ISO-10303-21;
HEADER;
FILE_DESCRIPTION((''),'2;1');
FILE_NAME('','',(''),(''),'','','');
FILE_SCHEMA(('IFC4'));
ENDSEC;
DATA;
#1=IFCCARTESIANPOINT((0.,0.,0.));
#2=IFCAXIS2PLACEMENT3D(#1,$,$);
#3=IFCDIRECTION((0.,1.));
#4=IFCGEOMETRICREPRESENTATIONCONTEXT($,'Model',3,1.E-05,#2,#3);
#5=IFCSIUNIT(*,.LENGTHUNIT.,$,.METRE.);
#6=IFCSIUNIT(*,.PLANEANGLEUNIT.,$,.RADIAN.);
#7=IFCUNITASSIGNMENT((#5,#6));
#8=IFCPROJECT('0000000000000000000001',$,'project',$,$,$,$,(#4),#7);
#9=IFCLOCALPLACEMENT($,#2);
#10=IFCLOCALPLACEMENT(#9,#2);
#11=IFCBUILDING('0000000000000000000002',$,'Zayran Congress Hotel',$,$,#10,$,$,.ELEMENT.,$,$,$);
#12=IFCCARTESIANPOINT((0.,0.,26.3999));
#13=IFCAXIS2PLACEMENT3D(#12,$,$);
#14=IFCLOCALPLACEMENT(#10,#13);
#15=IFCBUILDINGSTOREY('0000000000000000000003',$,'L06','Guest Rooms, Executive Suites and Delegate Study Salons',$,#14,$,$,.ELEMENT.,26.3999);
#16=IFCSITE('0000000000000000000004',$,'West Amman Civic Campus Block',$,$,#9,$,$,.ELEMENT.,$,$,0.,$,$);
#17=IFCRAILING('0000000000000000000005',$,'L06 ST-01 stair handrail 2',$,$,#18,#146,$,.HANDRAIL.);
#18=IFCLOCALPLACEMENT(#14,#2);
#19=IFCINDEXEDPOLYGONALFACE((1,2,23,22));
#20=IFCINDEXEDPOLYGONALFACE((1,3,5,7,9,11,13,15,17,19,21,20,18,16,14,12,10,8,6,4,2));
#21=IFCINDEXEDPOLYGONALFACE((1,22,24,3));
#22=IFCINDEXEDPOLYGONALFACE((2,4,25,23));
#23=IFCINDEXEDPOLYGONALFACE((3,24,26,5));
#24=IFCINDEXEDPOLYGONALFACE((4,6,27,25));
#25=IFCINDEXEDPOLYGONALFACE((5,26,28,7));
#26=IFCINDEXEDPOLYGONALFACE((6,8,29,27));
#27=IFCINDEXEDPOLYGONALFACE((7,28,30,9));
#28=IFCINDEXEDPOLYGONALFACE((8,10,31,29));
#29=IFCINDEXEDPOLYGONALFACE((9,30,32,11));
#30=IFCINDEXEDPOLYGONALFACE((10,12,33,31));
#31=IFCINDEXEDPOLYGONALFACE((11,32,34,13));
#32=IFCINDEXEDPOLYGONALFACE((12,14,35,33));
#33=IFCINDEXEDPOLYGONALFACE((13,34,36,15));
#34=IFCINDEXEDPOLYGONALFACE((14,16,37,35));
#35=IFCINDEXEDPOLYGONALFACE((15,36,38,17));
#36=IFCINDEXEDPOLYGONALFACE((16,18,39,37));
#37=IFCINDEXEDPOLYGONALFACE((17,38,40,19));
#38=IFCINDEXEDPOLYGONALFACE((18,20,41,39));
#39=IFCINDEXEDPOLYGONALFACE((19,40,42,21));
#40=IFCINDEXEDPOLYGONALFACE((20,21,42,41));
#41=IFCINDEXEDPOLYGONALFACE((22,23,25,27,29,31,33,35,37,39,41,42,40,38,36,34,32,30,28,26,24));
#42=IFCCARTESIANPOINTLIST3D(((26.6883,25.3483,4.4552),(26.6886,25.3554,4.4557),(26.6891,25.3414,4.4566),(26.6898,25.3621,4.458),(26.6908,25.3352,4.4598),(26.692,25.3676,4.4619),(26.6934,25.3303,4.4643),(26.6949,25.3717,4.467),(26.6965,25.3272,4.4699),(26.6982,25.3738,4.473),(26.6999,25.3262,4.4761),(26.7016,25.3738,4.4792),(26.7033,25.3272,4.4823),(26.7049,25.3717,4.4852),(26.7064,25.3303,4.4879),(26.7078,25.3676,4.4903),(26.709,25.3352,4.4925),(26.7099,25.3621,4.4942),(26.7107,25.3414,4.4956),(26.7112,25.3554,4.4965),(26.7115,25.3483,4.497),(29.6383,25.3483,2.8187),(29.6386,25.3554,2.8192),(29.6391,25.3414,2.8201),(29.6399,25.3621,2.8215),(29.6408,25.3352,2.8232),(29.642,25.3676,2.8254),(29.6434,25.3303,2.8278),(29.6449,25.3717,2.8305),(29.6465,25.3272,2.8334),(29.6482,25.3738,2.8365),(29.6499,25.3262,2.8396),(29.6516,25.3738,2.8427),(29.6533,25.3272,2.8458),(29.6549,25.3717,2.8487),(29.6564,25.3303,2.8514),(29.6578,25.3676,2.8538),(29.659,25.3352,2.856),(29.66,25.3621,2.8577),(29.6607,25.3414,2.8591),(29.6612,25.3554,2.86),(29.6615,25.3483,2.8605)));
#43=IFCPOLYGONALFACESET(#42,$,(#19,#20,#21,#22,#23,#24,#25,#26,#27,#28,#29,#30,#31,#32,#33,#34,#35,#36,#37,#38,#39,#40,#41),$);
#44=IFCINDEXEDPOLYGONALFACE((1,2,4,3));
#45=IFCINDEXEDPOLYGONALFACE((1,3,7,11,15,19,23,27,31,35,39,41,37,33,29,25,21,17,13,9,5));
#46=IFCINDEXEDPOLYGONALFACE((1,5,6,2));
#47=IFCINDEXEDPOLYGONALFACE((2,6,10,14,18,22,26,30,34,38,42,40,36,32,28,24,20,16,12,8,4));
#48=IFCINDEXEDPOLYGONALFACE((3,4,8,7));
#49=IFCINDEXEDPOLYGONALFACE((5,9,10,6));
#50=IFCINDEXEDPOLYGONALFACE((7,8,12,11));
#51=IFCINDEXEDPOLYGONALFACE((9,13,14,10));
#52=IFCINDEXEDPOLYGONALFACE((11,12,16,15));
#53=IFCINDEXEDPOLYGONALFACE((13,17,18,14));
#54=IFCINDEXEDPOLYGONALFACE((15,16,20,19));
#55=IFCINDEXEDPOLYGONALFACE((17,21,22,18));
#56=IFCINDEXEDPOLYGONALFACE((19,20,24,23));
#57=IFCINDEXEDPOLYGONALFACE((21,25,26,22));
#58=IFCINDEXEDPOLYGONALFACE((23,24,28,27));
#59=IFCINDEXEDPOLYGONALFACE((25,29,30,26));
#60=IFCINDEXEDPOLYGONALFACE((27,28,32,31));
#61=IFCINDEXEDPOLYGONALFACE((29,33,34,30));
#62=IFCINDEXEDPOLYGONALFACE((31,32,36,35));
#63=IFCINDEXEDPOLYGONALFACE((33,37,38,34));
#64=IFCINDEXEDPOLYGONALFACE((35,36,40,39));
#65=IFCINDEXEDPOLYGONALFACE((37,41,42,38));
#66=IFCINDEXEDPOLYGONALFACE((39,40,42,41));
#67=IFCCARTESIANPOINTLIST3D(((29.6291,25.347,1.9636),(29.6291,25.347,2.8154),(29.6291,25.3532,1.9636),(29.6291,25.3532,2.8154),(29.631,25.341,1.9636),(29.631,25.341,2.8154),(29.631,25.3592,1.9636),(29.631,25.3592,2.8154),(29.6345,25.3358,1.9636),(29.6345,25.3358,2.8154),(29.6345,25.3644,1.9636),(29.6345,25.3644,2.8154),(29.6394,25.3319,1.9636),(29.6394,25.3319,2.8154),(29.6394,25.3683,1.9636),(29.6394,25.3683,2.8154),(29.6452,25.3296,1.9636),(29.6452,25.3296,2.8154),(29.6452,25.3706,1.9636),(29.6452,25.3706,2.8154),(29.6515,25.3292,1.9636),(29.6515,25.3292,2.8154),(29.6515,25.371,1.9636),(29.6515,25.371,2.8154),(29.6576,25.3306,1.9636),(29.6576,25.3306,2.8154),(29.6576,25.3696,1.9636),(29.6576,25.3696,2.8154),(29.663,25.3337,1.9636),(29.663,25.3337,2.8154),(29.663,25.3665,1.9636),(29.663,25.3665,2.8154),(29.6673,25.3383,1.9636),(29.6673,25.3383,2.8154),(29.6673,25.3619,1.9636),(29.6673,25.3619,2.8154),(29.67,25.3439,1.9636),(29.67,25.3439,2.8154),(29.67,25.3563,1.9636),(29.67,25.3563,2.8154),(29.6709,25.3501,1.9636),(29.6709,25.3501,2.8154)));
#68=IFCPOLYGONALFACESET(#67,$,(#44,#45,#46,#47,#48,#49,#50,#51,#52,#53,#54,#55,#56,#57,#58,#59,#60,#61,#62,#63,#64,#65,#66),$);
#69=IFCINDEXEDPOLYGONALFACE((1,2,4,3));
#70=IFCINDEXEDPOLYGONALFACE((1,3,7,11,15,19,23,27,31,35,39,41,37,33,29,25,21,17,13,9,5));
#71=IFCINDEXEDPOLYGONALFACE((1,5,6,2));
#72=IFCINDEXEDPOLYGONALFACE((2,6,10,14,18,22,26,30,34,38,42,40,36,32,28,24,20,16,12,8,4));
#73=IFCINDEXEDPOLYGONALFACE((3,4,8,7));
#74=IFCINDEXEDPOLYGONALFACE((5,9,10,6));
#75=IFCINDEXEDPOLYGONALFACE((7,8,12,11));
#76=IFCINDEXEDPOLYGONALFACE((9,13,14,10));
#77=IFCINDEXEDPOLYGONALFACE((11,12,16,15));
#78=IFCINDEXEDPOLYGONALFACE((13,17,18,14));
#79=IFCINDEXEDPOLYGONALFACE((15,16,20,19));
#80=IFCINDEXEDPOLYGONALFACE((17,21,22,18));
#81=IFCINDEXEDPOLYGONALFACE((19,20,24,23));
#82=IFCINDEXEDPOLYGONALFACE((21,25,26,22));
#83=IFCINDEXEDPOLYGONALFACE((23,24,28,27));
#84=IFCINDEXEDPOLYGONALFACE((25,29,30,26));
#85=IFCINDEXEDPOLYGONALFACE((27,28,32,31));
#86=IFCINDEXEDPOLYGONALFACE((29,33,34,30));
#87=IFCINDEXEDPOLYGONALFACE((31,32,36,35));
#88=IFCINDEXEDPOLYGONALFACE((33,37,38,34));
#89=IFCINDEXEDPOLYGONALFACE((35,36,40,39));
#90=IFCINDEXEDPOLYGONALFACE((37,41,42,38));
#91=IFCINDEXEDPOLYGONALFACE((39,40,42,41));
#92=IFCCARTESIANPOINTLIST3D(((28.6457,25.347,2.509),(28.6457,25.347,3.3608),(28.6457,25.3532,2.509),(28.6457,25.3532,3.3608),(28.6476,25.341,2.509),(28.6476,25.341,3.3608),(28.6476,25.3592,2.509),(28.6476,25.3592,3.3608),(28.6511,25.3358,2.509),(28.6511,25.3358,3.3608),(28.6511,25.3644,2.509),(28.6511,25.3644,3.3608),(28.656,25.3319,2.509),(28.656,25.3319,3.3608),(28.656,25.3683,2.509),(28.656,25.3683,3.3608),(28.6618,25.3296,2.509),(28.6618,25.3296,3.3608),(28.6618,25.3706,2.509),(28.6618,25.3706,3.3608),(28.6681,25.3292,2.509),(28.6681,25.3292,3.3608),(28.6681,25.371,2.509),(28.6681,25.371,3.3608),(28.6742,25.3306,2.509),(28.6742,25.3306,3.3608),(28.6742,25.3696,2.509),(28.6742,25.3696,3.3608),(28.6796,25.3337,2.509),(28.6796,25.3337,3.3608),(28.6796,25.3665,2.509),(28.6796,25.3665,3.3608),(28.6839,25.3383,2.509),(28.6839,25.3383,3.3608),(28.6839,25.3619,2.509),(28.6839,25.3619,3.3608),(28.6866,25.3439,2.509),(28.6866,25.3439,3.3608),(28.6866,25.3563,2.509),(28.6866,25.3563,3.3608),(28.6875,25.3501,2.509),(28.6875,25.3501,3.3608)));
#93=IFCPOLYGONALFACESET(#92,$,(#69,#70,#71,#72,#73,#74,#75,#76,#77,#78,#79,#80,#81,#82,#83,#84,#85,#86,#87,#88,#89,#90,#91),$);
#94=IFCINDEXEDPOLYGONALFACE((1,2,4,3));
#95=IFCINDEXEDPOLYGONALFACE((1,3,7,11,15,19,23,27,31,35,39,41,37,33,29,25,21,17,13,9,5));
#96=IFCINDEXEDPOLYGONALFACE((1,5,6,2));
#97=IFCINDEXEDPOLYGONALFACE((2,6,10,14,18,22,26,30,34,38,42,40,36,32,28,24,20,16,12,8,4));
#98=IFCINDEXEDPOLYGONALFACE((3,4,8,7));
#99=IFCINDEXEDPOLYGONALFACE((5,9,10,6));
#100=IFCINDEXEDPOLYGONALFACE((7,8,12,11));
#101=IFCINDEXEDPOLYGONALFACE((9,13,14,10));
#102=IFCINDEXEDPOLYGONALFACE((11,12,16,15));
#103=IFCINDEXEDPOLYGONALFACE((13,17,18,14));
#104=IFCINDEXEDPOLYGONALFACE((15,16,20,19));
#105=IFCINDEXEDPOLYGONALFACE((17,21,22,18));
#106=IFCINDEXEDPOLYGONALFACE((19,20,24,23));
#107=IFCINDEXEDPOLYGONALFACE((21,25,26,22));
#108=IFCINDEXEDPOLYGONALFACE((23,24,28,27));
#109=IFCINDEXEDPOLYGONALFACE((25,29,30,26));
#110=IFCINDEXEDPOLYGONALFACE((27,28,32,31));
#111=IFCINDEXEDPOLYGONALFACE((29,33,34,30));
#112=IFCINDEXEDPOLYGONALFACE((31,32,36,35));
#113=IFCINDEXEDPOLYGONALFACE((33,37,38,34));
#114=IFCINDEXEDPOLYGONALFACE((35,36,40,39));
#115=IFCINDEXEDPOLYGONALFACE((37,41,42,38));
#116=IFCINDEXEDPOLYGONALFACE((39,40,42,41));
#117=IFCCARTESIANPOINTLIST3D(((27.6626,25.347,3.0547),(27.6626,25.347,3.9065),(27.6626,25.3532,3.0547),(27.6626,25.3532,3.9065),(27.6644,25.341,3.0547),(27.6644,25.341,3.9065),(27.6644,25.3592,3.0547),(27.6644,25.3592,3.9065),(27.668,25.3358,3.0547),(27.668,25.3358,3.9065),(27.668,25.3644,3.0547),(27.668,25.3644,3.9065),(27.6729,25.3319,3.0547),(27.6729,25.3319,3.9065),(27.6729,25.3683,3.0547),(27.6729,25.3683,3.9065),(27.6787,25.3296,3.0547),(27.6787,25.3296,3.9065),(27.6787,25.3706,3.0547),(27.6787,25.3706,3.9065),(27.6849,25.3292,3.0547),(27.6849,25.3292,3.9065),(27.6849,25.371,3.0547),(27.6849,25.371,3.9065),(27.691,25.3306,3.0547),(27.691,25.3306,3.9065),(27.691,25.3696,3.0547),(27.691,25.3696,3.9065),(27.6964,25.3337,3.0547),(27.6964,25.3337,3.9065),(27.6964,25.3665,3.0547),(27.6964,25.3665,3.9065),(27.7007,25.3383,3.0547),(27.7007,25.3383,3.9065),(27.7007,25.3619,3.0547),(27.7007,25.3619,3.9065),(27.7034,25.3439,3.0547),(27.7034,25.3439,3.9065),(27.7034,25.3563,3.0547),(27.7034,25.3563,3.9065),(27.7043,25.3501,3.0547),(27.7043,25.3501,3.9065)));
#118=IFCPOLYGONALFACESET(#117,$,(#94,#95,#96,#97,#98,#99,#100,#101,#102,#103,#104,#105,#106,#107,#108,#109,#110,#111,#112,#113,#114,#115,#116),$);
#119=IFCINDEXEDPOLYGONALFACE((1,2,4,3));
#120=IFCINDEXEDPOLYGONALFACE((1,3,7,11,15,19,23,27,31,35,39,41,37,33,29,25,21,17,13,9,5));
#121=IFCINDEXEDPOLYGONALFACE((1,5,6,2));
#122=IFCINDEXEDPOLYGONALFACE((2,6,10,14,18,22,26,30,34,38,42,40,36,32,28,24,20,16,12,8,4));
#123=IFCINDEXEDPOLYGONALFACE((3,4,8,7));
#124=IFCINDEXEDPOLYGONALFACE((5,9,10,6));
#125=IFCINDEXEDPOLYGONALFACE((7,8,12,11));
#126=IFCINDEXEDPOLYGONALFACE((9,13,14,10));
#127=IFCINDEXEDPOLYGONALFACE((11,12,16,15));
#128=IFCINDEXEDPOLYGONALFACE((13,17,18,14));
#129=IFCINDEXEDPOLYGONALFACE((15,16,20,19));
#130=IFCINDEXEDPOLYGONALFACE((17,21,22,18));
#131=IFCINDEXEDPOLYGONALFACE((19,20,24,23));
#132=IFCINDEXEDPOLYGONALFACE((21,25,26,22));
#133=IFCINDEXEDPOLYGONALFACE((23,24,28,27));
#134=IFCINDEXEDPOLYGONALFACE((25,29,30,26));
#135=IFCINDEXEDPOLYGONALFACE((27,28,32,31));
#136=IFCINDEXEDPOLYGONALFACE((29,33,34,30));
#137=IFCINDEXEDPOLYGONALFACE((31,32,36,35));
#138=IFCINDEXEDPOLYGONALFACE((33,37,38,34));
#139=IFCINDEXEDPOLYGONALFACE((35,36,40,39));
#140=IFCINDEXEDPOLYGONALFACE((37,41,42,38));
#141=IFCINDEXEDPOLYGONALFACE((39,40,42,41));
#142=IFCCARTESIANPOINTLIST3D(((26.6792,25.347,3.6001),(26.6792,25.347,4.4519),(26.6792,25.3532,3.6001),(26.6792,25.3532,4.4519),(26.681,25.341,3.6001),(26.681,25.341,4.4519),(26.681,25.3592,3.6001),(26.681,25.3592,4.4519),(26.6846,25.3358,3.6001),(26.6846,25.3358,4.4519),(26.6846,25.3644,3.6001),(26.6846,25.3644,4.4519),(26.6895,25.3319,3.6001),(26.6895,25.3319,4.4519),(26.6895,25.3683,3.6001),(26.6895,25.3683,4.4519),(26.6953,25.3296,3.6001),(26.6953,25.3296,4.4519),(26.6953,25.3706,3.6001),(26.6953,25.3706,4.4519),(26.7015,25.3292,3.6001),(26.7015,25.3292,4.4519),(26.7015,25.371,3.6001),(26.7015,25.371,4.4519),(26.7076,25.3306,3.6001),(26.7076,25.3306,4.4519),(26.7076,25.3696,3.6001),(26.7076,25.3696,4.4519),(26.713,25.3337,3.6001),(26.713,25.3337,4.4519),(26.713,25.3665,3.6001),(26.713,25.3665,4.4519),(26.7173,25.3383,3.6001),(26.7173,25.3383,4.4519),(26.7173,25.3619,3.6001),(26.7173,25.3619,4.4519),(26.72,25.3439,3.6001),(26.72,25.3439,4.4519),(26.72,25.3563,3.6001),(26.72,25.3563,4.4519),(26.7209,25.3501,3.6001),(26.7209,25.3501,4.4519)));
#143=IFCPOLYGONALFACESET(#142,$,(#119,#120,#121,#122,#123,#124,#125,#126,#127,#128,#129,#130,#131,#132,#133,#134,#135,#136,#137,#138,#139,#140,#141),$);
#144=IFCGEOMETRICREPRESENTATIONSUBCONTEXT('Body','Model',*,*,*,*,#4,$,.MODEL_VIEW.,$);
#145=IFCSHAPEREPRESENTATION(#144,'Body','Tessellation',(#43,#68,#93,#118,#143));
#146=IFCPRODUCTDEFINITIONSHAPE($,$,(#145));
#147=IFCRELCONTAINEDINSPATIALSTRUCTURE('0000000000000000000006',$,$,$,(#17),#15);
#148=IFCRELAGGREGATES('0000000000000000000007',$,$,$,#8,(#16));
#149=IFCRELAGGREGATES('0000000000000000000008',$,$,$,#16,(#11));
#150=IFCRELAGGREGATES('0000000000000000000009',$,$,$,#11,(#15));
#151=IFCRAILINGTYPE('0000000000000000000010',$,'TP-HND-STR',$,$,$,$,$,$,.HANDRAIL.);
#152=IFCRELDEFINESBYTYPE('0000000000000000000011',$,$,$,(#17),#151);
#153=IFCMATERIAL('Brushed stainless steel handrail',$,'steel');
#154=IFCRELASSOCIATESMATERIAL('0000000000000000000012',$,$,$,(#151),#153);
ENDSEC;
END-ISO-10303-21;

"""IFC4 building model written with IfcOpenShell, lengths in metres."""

from ifc_helpers import new_model, si_unit, direction, frame, origin, origin_2d, place, context, subcontext, project, spatial, circle, extrude, material, type_object, element, save


model = new_model("IFC4")

# Units and contexts
model_context = context("Model", 3, precision=1e-05, world=origin(), true_north=direction((0.0, 1.0)))
body_context = subcontext(model_context, "Body", "Model", "MODEL_VIEW")
ifc_project = project(units=[si_unit("LENGTHUNIT", "METRE"), si_unit("PLANEANGLEUNIT", "RADIAN")], contexts=[model_context])

# Site, building, storey
site_placement = place(None, origin())
site = spatial("IfcSite", under=ifc_project, at=site_placement, Name="West Amman Civic Campus Block", CompositionType="ELEMENT", RefElevation=0.0)
building_placement = place(site_placement, origin())
building = spatial("IfcBuilding", under=site, at=building_placement, Name="Zayran Congress Hotel", CompositionType="ELEMENT")
storey_placement = place(building_placement, frame((0.0, 0.0, 26.3999)))
storey = spatial("IfcBuildingStorey", under=building, at=storey_placement, Name="L06", Description="Guest Rooms, Executive Suites and Delegate Study Salons", CompositionType="ELEMENT", Elevation=26.3999)

# Railing
ifc_material_1 = material(Name="Brushed stainless steel handrail", Category="steel")
railing_type_1 = type_object("IfcRailingType", Name="TP-HND-STR", PredefinedType="HANDRAIL", material=ifc_material_1)
railing_1_placement = place(storey_placement, frame((29.6499, 25.3501, 1.9636)))
element("IfcRailing", 1, at=railing_1_placement, inside=storey, type_object=railing_type_1, Name="L06 ST-01 stair handrail 2", PredefinedType="HANDRAIL", context=body_context, shape_type="SweptSolid", body=[
    extrude(circle(Radius=0.0239, at=origin_2d()), frame((0.0, 0.0, 0.876), z_axis=(-0.874458, 0.0, 0.485102), x_axis=(0.0, -1.0, 0.0)), (0.0, 0.0, 1.0), 3.3735),
    extrude(circle(Radius=0.021, at=origin_2d()), origin(), (0.0, 0.0, 1.0), 0.8518),
    extrude(circle(Radius=0.021, at=origin_2d()), frame((-0.9834, 0.0, 0.5454)), (0.0, 0.0, 1.0), 0.8518),
    extrude(circle(Radius=0.021, at=origin_2d()), frame((-1.9666, 0.0, 1.0911)), (0.0, 0.0, 1.0), 0.8518),
    extrude(circle(Radius=0.021, at=origin_2d()), frame((-2.95, 0.0, 1.6365)), (0.0, 0.0, 1.0), 0.8518),
])

save(model, "model.ifc")
